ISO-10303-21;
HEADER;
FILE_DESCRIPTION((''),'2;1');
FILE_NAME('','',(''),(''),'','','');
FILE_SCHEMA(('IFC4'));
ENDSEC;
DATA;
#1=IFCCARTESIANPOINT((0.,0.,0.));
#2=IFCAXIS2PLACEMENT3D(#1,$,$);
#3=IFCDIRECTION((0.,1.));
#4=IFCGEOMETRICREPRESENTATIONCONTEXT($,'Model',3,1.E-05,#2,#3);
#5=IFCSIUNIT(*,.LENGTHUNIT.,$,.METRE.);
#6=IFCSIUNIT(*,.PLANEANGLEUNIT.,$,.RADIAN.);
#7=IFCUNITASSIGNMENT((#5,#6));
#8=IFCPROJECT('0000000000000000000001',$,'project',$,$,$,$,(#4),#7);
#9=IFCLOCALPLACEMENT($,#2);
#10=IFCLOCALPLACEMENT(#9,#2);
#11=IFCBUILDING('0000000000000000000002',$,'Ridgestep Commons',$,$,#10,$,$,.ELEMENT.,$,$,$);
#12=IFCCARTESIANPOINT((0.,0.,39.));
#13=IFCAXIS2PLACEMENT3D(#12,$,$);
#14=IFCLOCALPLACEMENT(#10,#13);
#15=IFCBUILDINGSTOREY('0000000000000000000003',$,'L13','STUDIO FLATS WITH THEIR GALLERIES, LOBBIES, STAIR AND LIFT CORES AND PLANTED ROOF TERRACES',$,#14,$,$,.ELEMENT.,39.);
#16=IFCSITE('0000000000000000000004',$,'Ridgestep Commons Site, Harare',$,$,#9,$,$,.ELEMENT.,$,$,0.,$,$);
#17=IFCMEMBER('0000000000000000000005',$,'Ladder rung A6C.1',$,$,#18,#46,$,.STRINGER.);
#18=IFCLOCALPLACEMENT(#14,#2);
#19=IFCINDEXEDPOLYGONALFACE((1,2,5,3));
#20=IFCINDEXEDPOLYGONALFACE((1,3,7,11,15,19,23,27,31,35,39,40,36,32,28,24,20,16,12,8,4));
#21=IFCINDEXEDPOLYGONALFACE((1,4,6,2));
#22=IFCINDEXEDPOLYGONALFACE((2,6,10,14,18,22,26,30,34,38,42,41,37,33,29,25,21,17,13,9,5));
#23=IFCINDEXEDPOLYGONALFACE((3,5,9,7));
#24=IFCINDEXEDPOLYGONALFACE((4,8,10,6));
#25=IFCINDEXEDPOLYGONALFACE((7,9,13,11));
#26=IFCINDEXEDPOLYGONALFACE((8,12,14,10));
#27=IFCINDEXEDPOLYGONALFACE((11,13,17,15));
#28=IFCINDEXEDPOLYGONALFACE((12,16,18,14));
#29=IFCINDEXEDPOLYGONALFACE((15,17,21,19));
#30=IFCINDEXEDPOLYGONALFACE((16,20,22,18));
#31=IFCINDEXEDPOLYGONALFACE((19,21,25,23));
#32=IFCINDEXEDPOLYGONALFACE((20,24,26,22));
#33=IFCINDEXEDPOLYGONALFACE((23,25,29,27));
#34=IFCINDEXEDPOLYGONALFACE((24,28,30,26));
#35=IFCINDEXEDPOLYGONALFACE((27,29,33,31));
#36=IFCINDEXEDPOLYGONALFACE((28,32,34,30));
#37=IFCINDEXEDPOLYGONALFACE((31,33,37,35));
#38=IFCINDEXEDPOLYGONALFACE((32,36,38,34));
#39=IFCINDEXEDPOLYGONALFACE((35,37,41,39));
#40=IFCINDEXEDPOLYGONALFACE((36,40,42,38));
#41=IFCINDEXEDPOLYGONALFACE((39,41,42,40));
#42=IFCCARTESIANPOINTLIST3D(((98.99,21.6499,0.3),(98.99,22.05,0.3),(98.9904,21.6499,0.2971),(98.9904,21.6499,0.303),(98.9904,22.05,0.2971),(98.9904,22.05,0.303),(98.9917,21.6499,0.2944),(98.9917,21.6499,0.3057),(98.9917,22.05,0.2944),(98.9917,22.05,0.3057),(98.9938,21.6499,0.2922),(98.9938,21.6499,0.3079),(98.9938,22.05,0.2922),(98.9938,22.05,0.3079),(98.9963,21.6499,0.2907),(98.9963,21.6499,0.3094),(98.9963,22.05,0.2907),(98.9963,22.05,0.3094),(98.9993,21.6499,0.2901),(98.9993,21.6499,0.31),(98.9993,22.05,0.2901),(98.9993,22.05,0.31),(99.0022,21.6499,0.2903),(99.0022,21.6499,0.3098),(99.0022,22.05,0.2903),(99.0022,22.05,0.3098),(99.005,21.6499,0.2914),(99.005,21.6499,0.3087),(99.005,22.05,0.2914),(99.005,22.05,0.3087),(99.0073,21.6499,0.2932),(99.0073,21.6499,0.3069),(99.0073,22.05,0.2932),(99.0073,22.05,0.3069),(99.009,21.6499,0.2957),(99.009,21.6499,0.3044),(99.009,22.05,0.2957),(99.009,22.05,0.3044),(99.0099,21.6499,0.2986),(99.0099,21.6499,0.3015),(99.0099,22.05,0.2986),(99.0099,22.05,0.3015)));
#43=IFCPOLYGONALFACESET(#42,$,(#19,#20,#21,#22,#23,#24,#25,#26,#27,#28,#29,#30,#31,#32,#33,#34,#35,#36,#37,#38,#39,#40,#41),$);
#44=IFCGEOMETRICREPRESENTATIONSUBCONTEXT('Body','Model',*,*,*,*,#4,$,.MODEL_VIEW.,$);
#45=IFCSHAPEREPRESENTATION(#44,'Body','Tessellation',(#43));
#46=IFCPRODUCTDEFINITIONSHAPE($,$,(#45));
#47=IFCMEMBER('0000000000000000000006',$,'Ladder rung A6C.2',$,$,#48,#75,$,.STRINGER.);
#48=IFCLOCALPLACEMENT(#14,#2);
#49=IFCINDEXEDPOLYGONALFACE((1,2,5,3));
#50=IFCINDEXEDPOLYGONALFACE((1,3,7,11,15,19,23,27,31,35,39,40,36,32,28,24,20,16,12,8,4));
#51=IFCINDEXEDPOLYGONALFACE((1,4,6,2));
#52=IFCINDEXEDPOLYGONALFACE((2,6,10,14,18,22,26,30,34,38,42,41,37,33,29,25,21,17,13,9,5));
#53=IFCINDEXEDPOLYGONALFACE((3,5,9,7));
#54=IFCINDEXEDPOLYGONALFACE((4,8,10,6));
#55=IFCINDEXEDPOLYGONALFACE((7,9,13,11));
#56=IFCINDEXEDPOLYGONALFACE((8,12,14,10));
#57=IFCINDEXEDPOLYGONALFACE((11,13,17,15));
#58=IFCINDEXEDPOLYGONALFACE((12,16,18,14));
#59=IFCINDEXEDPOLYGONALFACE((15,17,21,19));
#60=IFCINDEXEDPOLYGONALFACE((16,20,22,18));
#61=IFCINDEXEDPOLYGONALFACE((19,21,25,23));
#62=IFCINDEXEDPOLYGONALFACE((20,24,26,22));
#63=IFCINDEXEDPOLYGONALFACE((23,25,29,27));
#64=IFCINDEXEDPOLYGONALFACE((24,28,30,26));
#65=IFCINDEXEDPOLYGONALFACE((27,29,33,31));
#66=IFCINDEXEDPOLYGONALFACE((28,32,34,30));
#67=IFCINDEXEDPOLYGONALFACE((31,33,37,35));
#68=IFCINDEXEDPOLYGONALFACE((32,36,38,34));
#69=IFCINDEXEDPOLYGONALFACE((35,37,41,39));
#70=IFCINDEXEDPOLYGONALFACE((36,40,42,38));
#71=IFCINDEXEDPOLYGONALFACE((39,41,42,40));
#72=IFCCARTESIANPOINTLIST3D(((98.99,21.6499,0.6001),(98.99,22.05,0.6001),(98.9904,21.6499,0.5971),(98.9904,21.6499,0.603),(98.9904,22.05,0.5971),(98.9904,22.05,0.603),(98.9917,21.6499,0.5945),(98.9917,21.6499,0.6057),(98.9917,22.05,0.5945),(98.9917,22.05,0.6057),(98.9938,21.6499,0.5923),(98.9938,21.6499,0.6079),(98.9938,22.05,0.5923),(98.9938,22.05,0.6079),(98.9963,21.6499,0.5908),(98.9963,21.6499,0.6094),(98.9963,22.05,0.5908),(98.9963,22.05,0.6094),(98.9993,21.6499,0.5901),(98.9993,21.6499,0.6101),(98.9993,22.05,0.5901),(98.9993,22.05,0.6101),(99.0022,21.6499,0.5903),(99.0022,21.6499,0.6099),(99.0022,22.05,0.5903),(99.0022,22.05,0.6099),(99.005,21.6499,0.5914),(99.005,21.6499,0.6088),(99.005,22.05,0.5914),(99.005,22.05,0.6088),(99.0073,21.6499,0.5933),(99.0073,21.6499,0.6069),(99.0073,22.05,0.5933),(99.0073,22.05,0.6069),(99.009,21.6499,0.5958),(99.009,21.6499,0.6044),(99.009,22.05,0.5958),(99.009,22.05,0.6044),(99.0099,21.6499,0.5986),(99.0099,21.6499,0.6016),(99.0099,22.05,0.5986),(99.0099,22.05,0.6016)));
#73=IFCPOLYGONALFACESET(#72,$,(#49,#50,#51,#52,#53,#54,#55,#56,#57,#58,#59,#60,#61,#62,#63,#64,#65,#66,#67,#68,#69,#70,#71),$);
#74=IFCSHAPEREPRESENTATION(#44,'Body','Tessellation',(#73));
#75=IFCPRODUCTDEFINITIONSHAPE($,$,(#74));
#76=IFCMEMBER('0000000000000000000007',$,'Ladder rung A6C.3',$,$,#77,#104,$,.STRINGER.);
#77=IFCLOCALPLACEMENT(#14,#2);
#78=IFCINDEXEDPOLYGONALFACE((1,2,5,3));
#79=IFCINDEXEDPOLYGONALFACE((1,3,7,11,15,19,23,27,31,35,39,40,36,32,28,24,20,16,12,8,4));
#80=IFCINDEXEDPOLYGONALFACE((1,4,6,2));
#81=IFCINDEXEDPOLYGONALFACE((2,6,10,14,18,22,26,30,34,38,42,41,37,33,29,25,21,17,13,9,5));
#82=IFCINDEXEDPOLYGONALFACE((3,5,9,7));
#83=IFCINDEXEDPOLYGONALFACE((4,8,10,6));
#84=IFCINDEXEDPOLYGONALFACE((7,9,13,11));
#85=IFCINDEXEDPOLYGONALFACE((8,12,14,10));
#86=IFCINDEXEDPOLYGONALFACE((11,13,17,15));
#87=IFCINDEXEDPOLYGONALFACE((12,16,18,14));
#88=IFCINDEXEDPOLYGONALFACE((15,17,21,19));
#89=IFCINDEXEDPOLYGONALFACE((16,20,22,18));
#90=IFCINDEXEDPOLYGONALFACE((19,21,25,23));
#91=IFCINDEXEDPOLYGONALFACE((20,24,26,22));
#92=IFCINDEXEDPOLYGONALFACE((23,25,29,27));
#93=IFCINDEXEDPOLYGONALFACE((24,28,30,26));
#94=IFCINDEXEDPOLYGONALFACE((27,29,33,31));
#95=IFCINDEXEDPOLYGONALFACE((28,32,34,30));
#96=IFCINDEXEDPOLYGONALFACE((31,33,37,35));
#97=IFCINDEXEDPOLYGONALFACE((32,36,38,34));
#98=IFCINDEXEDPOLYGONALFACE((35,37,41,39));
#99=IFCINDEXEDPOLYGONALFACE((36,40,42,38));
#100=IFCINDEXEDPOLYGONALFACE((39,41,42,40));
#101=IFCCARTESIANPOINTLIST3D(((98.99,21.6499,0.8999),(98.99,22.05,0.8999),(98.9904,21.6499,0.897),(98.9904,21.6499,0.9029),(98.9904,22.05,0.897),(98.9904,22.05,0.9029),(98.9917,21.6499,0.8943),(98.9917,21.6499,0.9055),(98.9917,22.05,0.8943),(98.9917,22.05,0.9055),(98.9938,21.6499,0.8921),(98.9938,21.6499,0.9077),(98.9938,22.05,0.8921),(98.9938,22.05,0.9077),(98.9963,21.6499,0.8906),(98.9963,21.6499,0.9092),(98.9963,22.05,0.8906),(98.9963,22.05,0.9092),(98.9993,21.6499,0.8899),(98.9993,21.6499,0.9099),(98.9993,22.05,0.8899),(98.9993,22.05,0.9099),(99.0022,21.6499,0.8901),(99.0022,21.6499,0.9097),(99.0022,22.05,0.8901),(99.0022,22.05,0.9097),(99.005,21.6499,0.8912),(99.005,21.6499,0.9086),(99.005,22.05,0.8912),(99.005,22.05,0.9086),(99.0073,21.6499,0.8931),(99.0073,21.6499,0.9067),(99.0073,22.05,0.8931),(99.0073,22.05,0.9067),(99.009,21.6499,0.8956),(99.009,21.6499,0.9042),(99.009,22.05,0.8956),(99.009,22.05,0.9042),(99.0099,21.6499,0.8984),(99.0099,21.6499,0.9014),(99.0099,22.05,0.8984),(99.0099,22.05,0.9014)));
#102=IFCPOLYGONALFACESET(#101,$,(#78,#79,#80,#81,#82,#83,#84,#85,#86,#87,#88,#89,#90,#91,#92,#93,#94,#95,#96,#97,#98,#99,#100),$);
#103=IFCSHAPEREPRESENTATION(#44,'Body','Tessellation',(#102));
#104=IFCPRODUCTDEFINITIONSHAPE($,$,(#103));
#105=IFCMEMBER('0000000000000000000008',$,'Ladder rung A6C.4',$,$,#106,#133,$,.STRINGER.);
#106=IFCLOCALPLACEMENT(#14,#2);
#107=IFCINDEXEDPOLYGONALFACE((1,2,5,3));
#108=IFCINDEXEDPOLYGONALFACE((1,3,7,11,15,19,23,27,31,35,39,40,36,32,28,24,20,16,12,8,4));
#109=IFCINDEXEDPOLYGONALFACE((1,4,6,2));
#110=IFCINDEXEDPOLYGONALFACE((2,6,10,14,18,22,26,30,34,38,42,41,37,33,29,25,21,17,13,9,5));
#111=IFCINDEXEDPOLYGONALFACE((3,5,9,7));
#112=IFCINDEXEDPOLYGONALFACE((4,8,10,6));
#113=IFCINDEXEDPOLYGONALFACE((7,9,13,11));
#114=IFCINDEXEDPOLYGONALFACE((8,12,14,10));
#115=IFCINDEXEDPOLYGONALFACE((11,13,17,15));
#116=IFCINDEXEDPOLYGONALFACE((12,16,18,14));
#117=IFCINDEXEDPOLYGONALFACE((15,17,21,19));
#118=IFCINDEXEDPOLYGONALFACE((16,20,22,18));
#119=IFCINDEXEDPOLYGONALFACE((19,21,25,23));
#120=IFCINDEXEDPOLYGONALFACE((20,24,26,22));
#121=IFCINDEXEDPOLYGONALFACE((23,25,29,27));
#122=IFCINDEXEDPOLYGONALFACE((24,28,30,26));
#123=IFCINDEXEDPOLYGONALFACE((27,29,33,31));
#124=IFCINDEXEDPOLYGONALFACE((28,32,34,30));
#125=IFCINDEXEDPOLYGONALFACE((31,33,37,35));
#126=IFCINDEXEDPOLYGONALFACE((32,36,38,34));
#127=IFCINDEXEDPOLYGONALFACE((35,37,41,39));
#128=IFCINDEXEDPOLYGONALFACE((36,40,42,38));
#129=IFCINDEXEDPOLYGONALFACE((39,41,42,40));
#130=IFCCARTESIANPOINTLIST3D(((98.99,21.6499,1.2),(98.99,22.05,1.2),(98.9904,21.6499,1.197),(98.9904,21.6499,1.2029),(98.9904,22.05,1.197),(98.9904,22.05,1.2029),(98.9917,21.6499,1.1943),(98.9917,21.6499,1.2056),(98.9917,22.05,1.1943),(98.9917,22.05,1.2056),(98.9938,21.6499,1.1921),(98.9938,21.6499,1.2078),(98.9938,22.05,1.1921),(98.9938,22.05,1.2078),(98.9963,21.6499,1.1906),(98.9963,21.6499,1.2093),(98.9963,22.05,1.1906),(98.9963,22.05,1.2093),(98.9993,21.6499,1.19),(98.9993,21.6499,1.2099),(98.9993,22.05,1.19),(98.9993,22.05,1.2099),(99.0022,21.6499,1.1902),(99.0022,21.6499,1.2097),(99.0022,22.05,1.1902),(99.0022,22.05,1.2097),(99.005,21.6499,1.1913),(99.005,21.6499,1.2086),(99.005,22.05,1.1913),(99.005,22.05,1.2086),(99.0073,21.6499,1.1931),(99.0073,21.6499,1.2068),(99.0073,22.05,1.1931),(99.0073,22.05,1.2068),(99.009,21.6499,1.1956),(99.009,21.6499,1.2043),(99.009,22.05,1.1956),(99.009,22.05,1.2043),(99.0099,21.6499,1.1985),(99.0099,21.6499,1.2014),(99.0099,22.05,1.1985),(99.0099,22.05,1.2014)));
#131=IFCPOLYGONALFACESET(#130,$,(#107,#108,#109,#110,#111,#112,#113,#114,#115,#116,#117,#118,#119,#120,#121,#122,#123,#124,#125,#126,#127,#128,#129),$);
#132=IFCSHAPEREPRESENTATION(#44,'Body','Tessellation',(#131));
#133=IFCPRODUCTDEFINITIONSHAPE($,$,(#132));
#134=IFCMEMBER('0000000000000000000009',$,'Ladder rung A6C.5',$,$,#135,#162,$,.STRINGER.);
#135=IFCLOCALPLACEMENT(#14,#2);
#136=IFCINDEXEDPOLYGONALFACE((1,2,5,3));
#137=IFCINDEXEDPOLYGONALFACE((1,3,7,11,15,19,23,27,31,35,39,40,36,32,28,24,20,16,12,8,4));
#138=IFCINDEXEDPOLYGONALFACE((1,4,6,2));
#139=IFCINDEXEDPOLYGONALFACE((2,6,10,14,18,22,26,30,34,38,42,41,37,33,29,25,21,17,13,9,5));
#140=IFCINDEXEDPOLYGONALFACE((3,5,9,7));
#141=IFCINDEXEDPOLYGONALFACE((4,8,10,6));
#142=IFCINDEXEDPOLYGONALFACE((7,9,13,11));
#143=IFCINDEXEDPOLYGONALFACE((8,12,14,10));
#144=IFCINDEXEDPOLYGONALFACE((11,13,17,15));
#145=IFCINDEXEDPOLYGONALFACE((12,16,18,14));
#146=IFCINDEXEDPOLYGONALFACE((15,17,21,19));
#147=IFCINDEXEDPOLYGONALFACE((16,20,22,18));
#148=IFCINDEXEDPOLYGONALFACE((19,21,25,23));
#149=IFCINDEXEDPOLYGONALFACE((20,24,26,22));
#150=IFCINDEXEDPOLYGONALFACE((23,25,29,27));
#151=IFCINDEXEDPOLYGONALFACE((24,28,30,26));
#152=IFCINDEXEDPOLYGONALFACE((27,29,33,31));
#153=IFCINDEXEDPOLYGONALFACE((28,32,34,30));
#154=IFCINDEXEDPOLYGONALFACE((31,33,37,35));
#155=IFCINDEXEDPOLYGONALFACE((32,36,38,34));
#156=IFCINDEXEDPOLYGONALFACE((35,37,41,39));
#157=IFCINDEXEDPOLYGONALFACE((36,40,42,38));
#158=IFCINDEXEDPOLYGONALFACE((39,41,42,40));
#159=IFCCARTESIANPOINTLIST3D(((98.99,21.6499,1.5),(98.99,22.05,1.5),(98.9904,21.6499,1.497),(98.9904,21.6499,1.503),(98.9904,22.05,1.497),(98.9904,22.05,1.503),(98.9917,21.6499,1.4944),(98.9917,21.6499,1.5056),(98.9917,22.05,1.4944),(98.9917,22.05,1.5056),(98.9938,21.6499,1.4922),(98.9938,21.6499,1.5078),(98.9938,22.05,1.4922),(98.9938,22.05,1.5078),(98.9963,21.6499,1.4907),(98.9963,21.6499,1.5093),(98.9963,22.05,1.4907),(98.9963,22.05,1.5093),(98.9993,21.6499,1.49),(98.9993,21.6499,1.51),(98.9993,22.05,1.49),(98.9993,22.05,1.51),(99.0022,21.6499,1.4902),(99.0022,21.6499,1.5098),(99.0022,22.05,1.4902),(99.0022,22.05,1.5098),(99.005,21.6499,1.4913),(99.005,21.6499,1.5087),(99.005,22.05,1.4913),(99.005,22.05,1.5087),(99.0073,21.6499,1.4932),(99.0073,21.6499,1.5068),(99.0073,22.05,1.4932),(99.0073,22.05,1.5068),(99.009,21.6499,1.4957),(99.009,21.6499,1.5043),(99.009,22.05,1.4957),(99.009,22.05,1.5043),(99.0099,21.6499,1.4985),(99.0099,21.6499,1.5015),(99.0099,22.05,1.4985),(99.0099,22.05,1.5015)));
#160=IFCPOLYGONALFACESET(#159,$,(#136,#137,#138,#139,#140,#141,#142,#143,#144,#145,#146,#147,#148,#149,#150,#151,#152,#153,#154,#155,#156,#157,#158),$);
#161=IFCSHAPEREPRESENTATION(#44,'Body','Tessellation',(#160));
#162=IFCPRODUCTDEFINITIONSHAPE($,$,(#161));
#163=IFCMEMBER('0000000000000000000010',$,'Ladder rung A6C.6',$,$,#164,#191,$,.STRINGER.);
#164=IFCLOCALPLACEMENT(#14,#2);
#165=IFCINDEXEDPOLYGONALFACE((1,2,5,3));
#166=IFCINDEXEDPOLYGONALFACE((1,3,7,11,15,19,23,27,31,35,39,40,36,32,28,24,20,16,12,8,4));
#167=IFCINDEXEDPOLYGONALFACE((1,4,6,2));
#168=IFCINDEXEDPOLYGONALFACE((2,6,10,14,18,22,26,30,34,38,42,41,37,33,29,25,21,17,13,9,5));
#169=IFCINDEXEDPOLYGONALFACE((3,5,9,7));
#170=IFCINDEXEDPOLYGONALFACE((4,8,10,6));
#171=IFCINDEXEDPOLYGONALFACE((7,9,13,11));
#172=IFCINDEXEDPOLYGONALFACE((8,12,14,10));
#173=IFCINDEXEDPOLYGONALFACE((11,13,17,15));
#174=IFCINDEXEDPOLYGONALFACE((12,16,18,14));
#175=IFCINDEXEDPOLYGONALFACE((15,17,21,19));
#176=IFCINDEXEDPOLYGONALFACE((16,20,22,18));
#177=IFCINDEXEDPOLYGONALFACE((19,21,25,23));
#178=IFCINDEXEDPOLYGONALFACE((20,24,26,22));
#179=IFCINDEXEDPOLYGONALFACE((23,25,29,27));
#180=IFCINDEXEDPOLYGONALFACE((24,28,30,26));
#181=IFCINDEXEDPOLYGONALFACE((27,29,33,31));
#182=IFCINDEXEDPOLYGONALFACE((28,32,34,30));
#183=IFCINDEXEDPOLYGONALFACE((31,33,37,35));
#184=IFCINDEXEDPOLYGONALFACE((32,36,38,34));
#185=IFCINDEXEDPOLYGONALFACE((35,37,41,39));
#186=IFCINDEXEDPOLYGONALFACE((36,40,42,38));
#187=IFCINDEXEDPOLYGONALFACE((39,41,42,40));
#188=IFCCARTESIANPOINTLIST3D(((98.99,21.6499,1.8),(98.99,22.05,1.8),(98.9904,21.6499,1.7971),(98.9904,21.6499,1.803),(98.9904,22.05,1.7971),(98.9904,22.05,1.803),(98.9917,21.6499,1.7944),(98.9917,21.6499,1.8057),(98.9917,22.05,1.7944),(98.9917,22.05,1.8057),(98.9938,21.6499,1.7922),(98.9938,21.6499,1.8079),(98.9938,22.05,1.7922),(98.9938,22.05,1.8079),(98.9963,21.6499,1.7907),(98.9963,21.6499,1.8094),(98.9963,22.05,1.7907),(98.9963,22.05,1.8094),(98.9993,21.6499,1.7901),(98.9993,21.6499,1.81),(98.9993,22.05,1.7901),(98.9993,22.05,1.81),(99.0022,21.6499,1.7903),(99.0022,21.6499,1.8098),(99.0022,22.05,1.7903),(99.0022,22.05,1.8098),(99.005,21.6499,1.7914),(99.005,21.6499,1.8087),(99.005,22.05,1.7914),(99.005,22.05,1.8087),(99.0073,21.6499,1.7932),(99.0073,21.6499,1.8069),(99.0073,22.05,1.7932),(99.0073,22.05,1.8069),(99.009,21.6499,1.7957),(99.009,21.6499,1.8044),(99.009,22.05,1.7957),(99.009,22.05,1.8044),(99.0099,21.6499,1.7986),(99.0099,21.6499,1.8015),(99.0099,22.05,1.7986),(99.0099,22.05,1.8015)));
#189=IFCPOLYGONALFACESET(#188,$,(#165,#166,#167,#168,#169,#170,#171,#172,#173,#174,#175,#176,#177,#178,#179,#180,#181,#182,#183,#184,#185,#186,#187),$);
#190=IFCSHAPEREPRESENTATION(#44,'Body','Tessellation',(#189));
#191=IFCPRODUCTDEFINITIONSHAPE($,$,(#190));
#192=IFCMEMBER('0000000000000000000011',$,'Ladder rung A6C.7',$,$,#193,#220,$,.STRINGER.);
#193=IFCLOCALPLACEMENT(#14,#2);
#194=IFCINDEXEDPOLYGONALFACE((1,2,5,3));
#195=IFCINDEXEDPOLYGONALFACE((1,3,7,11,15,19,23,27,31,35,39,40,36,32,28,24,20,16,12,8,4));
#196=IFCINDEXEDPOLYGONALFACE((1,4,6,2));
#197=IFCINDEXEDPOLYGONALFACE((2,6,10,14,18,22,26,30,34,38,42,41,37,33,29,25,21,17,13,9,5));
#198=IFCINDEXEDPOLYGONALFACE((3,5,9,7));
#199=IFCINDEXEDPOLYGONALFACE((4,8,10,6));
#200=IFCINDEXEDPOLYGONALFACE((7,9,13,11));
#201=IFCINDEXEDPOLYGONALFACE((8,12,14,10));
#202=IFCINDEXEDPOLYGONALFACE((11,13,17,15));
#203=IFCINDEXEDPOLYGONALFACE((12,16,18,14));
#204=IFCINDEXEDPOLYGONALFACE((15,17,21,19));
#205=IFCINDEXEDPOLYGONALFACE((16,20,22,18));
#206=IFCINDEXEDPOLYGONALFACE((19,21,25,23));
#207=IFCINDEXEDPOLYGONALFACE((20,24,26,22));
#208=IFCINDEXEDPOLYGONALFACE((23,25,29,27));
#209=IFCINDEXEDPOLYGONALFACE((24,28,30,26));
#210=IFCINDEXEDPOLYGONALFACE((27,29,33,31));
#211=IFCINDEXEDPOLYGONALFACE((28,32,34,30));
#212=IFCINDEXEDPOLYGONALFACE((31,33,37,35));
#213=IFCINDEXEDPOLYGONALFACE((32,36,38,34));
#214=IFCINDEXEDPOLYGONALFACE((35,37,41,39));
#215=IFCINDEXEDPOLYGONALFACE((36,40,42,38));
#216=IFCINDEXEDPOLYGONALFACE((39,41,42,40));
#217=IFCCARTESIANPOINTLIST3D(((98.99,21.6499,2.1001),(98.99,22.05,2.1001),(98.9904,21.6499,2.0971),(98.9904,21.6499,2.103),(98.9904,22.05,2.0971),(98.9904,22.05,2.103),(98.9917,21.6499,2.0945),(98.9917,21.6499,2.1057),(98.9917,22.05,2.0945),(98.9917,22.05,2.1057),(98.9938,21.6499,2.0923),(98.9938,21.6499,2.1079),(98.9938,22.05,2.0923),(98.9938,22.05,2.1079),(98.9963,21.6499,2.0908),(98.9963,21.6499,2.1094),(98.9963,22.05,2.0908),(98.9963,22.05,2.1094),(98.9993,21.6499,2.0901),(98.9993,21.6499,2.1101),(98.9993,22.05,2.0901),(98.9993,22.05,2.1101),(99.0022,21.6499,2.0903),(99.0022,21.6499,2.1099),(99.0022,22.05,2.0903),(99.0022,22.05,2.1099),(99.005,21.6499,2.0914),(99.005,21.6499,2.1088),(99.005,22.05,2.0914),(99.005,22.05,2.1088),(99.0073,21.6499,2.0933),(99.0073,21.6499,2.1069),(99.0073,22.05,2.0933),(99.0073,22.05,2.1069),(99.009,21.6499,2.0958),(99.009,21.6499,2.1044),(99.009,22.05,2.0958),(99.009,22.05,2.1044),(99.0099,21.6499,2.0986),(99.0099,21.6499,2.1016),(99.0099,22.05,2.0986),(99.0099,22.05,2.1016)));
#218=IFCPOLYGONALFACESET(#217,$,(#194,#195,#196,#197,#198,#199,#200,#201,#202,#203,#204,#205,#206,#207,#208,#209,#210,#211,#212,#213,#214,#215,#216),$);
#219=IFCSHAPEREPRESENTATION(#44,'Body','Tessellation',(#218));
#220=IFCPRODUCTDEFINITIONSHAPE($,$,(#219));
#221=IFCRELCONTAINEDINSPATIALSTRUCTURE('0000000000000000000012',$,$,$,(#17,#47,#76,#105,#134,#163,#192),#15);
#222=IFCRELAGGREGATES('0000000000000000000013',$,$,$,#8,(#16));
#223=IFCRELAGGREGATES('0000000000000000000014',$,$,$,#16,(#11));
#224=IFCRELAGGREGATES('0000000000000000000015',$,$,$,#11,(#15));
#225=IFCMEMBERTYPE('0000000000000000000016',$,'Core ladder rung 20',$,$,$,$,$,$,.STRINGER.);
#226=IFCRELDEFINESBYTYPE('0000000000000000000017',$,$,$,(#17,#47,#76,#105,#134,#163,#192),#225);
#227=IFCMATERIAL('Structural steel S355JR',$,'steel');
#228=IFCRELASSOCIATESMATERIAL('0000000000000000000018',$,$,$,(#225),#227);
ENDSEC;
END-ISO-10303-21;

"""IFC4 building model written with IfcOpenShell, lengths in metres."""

from ifc_helpers import new_model, si_unit, direction, frame, origin, origin_2d, place, context, subcontext, project, spatial, circle, extrude, material, material_profile, profile_set, type_object, element, save


model = new_model("IFC4")

# Units and contexts
model_context = context("Model", 3, precision=1e-05, world=origin(), true_north=direction((0.0, 1.0)))
body_context = subcontext(model_context, "Body", "Model", "MODEL_VIEW")
ifc_project = project(units=[si_unit("LENGTHUNIT", "METRE"), si_unit("PLANEANGLEUNIT", "RADIAN")], contexts=[model_context])

# Site, building, storey
site_placement = place(None, origin())
site = spatial("IfcSite", under=ifc_project, at=site_placement, Name="Ridgestep Commons Site, Harare", CompositionType="ELEMENT", RefElevation=0.0)
building_placement = place(site_placement, origin())
building = spatial("IfcBuilding", under=site, at=building_placement, Name="Ridgestep Commons", CompositionType="ELEMENT")
storey_placement = place(building_placement, frame((0.0, 0.0, 39.0)))
storey = spatial("IfcBuildingStorey", under=building, at=storey_placement, Name="L13", Description="STUDIO FLATS WITH THEIR GALLERIES, LOBBIES, STAIR AND LIFT CORES AND PLANTED ROOF TERRACES", CompositionType="ELEMENT", Elevation=39.0)

# Members
ifc_material_1 = material(Name="Structural steel S355JR", Category="steel")
ifc_material_profile_1 = material_profile(ifc_material_1, circle(Radius=0.01, at=origin_2d()), Name="Round bar 20")
ifc_profile_set_1 = profile_set([ifc_material_profile_1], Name="Structural steel S355JR")
member_type_1 = type_object("IfcMemberType", Name="Core ladder rung 20", PredefinedType="STRINGER", material=ifc_profile_set_1)
for number, where, z_axis, x_axis, name in (
    (1, (99.0, 21.6499, 0.3), (0.0, 1.0, 0.0), (-1.0, 0.0, 0.0), "Ladder rung A6C.1"),
    (2, (99.0, 21.6499, 0.6001), (0.0, 1.0, 0.0), (-1.0, 0.0, 0.0), "Ladder rung A6C.2"),
    (3, (99.0, 21.6499, 0.8999), (0.0, 1.0, 0.0), (-1.0, 0.0, 0.0), "Ladder rung A6C.3"),
    (4, (99.0, 21.6499, 1.2), (0.0, 1.0, 0.0), (-1.0, 0.0, 0.0), "Ladder rung A6C.4"),
    (5, (99.0, 21.6499, 1.5), (0.0, 1.0, 0.0), (-1.0, 0.0, 0.0), "Ladder rung A6C.5"),
    (6, (99.0, 21.6499, 1.8), (0.0, 1.0, 0.0), (-1.0, 0.0, 0.0), "Ladder rung A6C.6"),
    (7, (99.0, 21.6499, 2.1001), (0.0, 1.0, 0.0), (-1.0, 0.0, 0.0), "Ladder rung A6C.7"),
):
    element("IfcMember", number, at=place(storey_placement, frame(where, z_axis=z_axis, x_axis=x_axis)), inside=storey, type_object=member_type_1, Name=name, PredefinedType="STRINGER", context=body_context, shape_type="SweptSolid", body=[
        extrude(circle(Radius=0.01, at=origin_2d()), origin(), (0.0, 0.0, 1.0), 0.4001),
    ])

save(model, "model.ifc")
